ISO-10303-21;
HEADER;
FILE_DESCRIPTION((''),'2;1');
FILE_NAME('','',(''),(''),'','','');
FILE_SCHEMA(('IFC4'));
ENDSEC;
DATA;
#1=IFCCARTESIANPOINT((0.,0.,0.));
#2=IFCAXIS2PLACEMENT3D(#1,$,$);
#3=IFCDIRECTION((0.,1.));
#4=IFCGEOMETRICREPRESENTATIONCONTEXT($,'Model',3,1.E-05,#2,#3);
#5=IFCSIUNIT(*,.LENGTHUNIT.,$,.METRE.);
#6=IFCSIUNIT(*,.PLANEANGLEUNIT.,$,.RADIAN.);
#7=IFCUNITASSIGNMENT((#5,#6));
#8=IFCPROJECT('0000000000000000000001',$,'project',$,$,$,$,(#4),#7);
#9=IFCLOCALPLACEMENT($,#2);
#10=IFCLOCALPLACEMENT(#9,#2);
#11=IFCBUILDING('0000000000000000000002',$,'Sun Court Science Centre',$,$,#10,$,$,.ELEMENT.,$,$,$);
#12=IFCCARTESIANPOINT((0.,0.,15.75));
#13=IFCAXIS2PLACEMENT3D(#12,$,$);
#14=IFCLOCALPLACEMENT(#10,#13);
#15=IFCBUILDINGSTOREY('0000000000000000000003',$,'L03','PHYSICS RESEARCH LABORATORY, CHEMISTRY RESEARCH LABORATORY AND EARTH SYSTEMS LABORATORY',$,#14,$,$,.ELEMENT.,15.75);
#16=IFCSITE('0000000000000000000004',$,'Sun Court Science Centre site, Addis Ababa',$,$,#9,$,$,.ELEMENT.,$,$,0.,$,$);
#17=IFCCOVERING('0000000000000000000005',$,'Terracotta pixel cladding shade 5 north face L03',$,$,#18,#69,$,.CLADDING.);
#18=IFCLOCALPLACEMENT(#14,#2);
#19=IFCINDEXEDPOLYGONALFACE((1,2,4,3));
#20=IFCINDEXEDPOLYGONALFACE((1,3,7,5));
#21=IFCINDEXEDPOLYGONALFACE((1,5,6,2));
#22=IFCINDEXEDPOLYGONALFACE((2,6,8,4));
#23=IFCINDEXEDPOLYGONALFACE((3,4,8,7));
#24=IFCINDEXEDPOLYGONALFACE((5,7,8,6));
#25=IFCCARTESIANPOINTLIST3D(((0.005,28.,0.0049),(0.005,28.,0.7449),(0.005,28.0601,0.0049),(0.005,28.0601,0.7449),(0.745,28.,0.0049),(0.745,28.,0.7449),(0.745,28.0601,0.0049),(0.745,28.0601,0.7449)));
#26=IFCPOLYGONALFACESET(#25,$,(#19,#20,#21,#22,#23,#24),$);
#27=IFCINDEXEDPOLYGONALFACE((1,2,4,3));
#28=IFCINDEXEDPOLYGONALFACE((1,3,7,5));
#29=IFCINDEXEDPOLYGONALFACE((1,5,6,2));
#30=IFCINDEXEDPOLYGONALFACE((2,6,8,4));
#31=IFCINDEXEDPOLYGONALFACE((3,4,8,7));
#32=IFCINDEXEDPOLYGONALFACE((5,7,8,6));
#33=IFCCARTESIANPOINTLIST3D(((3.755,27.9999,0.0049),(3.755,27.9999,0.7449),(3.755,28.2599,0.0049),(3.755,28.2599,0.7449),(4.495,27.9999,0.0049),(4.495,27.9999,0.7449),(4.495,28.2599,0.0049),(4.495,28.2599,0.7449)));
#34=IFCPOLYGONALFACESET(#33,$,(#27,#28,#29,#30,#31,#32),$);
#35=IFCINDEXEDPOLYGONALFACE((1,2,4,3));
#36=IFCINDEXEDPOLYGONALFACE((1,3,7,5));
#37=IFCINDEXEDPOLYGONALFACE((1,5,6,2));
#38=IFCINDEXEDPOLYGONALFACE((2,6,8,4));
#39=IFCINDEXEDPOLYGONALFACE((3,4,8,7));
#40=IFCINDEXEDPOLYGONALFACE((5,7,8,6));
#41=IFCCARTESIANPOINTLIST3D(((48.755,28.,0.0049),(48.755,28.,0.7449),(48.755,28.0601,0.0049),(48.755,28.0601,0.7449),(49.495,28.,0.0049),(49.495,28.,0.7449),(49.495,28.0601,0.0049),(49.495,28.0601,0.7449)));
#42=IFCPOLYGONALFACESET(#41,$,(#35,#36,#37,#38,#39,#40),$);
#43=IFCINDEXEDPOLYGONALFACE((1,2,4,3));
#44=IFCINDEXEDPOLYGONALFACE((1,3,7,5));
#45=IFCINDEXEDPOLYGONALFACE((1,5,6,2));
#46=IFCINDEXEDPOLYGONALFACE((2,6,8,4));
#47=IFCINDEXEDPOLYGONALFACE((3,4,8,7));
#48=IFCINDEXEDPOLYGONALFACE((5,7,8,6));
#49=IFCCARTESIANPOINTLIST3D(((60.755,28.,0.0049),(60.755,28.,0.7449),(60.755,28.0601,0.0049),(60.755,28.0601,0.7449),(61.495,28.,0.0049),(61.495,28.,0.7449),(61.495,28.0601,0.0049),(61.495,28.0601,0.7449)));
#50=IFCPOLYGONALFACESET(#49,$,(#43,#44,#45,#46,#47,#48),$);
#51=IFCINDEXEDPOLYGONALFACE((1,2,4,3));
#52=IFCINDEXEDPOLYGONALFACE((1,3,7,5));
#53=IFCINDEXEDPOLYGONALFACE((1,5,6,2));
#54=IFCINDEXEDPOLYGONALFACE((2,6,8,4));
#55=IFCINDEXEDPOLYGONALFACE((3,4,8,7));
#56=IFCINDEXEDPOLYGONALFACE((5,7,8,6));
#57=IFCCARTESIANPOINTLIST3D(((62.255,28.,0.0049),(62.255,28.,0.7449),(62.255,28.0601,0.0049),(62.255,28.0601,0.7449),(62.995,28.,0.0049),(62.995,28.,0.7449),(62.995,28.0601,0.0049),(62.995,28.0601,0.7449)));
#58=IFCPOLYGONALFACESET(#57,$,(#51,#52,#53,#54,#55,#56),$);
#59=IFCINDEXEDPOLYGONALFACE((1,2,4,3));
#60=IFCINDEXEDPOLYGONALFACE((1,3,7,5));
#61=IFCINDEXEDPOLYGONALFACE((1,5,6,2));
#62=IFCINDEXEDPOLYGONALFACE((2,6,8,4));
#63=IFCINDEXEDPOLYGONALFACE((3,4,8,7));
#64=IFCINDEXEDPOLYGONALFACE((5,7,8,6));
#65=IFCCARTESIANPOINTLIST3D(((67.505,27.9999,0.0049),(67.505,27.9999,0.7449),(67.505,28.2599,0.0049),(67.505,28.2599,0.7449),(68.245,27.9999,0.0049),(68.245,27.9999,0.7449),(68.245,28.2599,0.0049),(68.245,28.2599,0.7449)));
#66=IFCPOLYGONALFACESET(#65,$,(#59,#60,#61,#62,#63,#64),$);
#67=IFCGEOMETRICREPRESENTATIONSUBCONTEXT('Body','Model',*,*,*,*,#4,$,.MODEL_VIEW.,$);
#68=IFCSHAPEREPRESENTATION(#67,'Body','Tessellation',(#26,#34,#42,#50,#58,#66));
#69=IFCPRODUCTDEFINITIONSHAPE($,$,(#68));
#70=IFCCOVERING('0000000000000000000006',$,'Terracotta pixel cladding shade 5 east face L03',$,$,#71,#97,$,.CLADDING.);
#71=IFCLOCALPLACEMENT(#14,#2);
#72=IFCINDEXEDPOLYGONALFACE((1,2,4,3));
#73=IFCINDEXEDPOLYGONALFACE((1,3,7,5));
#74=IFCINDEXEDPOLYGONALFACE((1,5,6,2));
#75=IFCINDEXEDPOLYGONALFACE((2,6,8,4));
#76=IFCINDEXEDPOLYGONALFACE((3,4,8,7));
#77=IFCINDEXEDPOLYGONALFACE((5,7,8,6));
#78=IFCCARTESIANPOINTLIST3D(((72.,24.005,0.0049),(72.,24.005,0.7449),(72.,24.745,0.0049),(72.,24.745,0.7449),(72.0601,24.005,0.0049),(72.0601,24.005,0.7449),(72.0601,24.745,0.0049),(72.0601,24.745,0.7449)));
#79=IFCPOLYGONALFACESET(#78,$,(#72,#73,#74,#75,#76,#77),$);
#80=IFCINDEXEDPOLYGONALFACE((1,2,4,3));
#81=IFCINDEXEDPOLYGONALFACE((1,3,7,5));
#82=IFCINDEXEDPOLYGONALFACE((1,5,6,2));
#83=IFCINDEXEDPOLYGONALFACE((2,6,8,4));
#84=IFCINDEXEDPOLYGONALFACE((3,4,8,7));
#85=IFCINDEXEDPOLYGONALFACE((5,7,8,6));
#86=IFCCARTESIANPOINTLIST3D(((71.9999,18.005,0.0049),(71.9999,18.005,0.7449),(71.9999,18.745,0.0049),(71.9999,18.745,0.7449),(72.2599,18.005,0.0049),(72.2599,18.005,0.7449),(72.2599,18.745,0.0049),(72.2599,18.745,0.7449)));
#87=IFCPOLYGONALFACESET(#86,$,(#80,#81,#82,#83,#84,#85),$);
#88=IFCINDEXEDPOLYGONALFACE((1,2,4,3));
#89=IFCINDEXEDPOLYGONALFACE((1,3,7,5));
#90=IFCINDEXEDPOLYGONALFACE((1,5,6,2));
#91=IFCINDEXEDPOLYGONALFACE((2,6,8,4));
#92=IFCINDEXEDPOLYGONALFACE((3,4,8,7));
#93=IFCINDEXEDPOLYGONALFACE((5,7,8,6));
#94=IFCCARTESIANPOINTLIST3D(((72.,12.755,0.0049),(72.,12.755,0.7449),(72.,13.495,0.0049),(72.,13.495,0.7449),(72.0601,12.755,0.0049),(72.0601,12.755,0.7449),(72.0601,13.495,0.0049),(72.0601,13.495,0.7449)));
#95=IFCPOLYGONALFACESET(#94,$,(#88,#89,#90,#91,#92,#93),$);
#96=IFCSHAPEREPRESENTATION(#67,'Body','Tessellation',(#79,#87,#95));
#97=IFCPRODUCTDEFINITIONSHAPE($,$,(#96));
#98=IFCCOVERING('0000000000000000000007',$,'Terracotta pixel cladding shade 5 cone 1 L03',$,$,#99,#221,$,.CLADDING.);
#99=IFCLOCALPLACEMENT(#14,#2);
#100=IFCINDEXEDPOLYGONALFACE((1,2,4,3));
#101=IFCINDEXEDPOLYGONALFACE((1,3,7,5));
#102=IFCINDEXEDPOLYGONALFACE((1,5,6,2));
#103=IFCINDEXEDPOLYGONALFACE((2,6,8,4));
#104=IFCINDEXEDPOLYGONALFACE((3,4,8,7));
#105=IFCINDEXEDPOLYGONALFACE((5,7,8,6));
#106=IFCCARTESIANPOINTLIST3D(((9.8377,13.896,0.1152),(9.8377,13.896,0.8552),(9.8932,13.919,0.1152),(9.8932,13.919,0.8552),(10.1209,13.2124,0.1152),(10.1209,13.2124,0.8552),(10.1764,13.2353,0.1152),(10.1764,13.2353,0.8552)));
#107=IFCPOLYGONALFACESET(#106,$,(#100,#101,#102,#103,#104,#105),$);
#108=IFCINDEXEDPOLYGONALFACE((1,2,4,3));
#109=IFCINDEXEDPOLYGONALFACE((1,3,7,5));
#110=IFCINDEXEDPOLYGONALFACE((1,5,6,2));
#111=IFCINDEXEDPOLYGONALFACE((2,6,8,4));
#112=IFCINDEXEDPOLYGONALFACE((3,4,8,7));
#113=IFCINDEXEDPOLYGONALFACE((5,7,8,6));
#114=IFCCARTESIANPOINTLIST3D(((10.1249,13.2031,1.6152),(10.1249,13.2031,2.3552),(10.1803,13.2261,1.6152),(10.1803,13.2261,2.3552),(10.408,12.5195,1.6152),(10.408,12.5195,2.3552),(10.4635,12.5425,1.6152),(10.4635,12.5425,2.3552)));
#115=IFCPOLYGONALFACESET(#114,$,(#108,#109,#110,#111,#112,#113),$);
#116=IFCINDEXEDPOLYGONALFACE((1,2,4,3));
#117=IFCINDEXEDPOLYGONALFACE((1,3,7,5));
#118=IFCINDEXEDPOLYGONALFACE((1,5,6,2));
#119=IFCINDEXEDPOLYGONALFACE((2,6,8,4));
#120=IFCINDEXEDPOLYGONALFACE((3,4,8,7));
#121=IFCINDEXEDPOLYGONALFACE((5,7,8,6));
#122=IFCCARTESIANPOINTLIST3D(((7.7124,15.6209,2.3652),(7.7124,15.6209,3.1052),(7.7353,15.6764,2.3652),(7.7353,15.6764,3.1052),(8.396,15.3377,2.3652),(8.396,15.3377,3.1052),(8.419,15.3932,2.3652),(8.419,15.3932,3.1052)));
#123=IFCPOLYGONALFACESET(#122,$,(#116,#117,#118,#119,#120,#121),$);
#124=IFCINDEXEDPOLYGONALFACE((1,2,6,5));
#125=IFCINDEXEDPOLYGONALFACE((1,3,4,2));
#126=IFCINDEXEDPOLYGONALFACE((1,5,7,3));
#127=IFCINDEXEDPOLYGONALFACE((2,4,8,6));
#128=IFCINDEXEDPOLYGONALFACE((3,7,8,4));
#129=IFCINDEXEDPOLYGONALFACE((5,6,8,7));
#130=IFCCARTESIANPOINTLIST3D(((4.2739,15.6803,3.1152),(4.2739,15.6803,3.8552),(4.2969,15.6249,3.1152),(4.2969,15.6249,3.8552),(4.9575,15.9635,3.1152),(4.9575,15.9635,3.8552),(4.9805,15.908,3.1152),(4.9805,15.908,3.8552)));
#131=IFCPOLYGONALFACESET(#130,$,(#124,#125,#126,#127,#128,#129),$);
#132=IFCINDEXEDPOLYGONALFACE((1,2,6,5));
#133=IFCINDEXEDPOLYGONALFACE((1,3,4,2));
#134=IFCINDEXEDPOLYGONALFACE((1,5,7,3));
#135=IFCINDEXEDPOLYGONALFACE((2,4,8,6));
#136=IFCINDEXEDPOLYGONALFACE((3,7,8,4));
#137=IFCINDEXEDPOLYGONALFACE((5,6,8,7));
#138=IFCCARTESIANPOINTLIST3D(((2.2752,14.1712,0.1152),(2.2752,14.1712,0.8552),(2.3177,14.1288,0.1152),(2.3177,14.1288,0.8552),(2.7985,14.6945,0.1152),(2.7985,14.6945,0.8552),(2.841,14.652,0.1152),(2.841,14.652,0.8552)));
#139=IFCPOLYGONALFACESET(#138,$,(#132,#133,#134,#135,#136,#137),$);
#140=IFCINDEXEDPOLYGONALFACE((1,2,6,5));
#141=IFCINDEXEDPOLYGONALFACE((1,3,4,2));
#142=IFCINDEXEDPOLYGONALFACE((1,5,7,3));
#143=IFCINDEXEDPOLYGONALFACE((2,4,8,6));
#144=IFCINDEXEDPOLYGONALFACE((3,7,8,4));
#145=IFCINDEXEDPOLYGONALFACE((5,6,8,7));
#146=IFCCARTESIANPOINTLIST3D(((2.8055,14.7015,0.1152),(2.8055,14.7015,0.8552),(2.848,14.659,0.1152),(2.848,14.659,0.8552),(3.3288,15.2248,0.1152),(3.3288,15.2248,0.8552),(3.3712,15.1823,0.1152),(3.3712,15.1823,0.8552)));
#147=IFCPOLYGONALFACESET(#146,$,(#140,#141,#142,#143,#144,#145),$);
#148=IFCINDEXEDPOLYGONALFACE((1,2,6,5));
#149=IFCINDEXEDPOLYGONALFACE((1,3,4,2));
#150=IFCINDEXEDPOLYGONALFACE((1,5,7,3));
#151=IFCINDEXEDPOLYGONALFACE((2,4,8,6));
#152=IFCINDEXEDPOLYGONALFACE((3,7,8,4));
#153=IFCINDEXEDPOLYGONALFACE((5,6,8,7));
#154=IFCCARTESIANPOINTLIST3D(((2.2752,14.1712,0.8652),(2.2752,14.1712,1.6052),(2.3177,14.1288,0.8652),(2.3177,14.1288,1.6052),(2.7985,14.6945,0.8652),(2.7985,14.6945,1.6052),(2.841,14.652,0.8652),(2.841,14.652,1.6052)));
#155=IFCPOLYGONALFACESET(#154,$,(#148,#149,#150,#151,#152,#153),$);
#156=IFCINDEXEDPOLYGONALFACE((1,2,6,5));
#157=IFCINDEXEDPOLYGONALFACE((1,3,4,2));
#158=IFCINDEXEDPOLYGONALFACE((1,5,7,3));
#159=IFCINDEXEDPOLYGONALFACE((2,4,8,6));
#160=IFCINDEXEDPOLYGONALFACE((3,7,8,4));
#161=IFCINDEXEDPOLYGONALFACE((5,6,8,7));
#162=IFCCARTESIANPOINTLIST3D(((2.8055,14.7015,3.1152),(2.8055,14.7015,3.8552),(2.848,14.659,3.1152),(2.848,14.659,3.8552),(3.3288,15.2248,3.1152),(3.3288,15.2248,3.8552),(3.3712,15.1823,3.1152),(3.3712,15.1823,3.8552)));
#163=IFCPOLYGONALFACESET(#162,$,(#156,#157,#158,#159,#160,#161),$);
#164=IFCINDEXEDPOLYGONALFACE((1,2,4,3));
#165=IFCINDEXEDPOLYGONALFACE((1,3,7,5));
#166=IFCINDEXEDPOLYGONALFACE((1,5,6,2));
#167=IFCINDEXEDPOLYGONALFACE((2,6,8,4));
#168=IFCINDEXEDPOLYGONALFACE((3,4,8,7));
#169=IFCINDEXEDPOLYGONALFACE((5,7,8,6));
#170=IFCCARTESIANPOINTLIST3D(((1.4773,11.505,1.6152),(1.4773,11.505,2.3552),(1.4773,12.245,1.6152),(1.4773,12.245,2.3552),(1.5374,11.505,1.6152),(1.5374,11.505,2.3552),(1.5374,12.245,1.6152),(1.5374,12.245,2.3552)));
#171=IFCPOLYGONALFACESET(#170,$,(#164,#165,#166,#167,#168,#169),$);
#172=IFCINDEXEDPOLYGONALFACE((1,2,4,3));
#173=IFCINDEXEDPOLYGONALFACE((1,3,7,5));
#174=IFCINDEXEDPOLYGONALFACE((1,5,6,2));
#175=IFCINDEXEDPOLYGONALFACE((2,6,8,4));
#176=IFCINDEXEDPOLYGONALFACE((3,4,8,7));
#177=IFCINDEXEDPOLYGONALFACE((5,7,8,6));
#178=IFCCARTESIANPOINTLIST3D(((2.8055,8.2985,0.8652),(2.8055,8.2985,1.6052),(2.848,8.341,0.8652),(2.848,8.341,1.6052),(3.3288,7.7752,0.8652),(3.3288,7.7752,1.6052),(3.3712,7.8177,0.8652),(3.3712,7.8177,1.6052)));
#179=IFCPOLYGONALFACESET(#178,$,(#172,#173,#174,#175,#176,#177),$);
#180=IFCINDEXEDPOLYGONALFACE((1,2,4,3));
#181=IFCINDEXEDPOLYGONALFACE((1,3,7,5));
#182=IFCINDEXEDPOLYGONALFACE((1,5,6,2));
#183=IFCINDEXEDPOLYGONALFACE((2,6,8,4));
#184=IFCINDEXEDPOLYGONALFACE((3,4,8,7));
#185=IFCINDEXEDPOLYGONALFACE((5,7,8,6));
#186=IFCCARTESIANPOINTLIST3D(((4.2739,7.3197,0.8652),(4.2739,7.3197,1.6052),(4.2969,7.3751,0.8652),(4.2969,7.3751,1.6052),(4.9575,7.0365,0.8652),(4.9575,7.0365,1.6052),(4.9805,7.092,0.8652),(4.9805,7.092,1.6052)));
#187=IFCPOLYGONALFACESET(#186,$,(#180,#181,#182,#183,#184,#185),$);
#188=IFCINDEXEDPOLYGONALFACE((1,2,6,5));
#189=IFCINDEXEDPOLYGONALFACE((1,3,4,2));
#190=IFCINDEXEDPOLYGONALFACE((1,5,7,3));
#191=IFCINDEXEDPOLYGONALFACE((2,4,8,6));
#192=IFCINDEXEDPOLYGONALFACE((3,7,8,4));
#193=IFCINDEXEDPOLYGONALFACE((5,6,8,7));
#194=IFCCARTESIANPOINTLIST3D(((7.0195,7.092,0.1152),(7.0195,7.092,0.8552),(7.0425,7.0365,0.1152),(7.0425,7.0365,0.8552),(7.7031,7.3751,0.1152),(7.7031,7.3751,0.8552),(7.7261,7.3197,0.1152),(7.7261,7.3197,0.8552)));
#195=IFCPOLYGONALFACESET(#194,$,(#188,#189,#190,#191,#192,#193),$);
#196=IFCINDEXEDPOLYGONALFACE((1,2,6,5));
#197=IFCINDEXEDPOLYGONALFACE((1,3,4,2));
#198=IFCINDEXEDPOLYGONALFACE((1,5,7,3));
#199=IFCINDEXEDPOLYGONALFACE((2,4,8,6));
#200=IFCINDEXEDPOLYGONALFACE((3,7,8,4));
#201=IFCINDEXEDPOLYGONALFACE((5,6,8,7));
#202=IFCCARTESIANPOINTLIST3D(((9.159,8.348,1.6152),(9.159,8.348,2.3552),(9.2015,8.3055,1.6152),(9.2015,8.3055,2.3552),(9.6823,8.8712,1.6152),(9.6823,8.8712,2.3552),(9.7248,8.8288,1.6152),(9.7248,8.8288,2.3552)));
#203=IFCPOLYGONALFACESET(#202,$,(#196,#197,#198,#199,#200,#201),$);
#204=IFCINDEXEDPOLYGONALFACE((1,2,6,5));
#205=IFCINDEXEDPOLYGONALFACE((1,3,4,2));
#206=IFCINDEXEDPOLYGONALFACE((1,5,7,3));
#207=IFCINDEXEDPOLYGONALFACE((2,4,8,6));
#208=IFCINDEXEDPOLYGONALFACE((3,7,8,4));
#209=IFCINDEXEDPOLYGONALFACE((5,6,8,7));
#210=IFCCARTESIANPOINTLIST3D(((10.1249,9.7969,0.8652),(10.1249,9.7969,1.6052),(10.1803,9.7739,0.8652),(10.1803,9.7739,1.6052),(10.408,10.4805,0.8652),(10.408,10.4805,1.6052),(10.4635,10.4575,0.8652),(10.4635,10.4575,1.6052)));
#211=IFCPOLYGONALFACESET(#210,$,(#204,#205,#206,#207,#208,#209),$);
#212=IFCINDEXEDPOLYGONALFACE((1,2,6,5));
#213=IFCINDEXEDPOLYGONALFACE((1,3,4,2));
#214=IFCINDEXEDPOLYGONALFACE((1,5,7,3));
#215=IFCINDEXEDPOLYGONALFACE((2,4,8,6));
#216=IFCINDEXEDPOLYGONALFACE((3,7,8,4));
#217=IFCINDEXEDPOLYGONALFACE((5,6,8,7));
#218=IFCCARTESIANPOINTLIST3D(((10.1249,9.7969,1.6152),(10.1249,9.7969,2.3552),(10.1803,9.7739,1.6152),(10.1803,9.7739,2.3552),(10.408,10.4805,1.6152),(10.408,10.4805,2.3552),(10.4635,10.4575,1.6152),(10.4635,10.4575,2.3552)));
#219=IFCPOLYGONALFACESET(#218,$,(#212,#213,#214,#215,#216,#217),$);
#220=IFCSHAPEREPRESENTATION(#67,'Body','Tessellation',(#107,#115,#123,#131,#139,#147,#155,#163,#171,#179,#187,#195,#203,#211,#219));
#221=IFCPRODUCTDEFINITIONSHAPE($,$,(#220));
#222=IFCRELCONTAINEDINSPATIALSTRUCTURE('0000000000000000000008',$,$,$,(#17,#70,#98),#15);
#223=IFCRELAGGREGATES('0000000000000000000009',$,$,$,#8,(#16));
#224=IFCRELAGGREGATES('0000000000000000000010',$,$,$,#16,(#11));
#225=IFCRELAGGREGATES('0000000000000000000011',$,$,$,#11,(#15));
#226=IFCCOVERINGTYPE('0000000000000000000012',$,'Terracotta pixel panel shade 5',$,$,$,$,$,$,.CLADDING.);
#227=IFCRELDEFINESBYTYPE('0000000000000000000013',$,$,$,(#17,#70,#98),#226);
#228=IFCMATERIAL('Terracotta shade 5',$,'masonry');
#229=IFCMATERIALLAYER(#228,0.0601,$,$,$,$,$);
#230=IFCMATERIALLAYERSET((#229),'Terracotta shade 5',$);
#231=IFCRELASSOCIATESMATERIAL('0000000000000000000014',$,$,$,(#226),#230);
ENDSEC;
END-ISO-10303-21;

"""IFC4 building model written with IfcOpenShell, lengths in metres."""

from ifc_helpers import new_model, si_unit, direction, frame, origin, origin_2d, place, context, subcontext, project, spatial, rectangle, extrude, material, layer, layer_set, type_object, element, save


model = new_model("IFC4")

# Units and contexts
model_context = context("Model", 3, precision=1e-05, world=origin(), true_north=direction((0.0, 1.0)))
body_context = subcontext(model_context, "Body", "Model", "MODEL_VIEW")
ifc_project = project(units=[si_unit("LENGTHUNIT", "METRE"), si_unit("PLANEANGLEUNIT", "RADIAN")], contexts=[model_context])

# Site, building, storey
site_placement = place(None, origin())
site = spatial("IfcSite", under=ifc_project, at=site_placement, Name="Sun Court Science Centre site, Addis Ababa", CompositionType="ELEMENT", RefElevation=0.0)
building_placement = place(site_placement, origin())
building = spatial("IfcBuilding", under=site, at=building_placement, Name="Sun Court Science Centre", CompositionType="ELEMENT")
storey_placement = place(building_placement, frame((0.0, 0.0, 15.75)))
storey = spatial("IfcBuildingStorey", under=building, at=storey_placement, Name="L03", Description="PHYSICS RESEARCH LABORATORY, CHEMISTRY RESEARCH LABORATORY AND EARTH SYSTEMS LABORATORY", CompositionType="ELEMENT", Elevation=15.75)

# Coverings
ifc_material_1 = material(Name="Terracotta shade 5", Category="masonry")
ifc_layer_1 = layer(ifc_material_1, 0.0601)
ifc_layer_set_1 = layer_set([ifc_layer_1], Name="Terracotta shade 5")
covering_type_1 = type_object("IfcCoveringType", Name="Terracotta pixel panel shade 5", PredefinedType="CLADDING", material=ifc_layer_set_1)
covering_1_placement = place(storey_placement, frame((0.0, 0.0, -15.75)))
element("IfcCovering", 1, at=covering_1_placement, inside=storey, type_object=covering_type_1, Name="Terracotta pixel cladding shade 5 north face L03", PredefinedType="CLADDING", context=body_context, shape_type="SweptSolid", body=[
    extrude(rectangle(XDim=0.74, YDim=0.0601, at=origin_2d()), frame((0.375, 28.03, 15.7549), z_axis=(0.0, 0.0, 1.0), x_axis=(1.0, 0.0, 0.0)), (0.0, 0.0, 1.0), 0.74),
    extrude(rectangle(XDim=0.74, YDim=0.26, at=origin_2d()), frame((4.125, 28.1299, 15.7549), z_axis=(0.0, 0.0, 1.0), x_axis=(1.0, 0.0, 0.0)), (0.0, 0.0, 1.0), 0.74),
    extrude(rectangle(XDim=0.74, YDim=0.0601, at=origin_2d()), frame((49.125, 28.03, 15.7549), z_axis=(0.0, 0.0, 1.0), x_axis=(1.0, 0.0, 0.0)), (0.0, 0.0, 1.0), 0.74),
    extrude(rectangle(XDim=0.74, YDim=0.0601, at=origin_2d()), frame((61.125, 28.03, 15.7549), z_axis=(0.0, 0.0, 1.0), x_axis=(1.0, 0.0, 0.0)), (0.0, 0.0, 1.0), 0.74),
    extrude(rectangle(XDim=0.74, YDim=0.0601, at=origin_2d()), frame((62.625, 28.03, 15.7549), z_axis=(0.0, 0.0, 1.0), x_axis=(1.0, 0.0, 0.0)), (0.0, 0.0, 1.0), 0.74),
    extrude(rectangle(XDim=0.74, YDim=0.26, at=origin_2d()), frame((67.875, 28.1299, 15.7549), z_axis=(0.0, 0.0, 1.0), x_axis=(1.0, 0.0, 0.0)), (0.0, 0.0, 1.0), 0.74),
])
covering_2_placement = place(storey_placement, frame((0.0, 0.0, -15.75)))
element("IfcCovering", 2, at=covering_2_placement, inside=storey, type_object=covering_type_1, Name="Terracotta pixel cladding shade 5 east face L03", PredefinedType="CLADDING", context=body_context, shape_type="SweptSolid", body=[
    extrude(rectangle(XDim=0.74, YDim=0.0601, at=origin_2d()), frame((72.03, 24.375, 15.7549), z_axis=(0.0, 0.0, 1.0), x_axis=(0.0, -1.0, 0.0)), (0.0, 0.0, 1.0), 0.74),
    extrude(rectangle(XDim=0.74, YDim=0.26, at=origin_2d()), frame((72.1299, 18.375, 15.7549), z_axis=(0.0, 0.0, 1.0), x_axis=(0.0, -1.0, 0.0)), (0.0, 0.0, 1.0), 0.74),
    extrude(rectangle(XDim=0.74, YDim=0.0601, at=origin_2d()), frame((72.03, 13.125, 15.7549), z_axis=(0.0, 0.0, 1.0), x_axis=(0.0, -1.0, 0.0)), (0.0, 0.0, 1.0), 0.74),
])
covering_3_placement = place(storey_placement, frame((0.0, 0.0, -15.75)))
element("IfcCovering", 3, at=covering_3_placement, inside=storey, type_object=covering_type_1, Name="Terracotta pixel cladding shade 5 cone 1 L03", PredefinedType="CLADDING", context=body_context, shape_type="SweptSolid", body=[
    extrude(rectangle(XDim=0.74, YDim=0.0601, at=origin_2d()), frame((10.0071, 13.5657, 15.8652), z_axis=(0.0, 0.0, 1.0), x_axis=(0.382683, -0.92388, 0.0)), (0.0, 0.0, 1.0), 0.74),
    extrude(rectangle(XDim=0.74, YDim=0.0601, at=origin_2d()), frame((10.2942, 12.8728, 17.3652), z_axis=(0.0, 0.0, 1.0), x_axis=(0.382683, -0.92388, 0.0)), (0.0, 0.0, 1.0), 0.74),
    extrude(rectangle(XDim=0.74, YDim=0.0601, at=origin_2d()), frame((8.0657, 15.5071, 18.1152), z_axis=(0.0, 0.0, 1.0), x_axis=(0.92388, -0.382683, 0.0)), (0.0, 0.0, 1.0), 0.74),
    extrude(rectangle(XDim=0.74, YDim=0.0601, at=origin_2d()), frame((4.6272, 15.7942, 18.8652), z_axis=(0.0, 0.0, 1.0), x_axis=(0.92388, 0.382683, 0.0)), (0.0, 0.0, 1.0), 0.74),
    extrude(rectangle(XDim=0.74, YDim=0.0601, at=origin_2d()), frame((2.5581, 14.4116, 15.8652), z_axis=(0.0, 0.0, 1.0), x_axis=(0.707107, 0.707107, 0.0)), (0.0, 0.0, 1.0), 0.74),
    extrude(rectangle(XDim=0.74, YDim=0.0601, at=origin_2d()), frame((3.0884, 14.9419, 15.8652), z_axis=(0.0, 0.0, 1.0), x_axis=(0.707107, 0.707107, 0.0)), (0.0, 0.0, 1.0), 0.74),
    extrude(rectangle(XDim=0.74, YDim=0.0601, at=origin_2d()), frame((2.5581, 14.4116, 16.6152), z_axis=(0.0, 0.0, 1.0), x_axis=(0.707107, 0.707107, 0.0)), (0.0, 0.0, 1.0), 0.74),
    extrude(rectangle(XDim=0.74, YDim=0.0601, at=origin_2d()), frame((3.0884, 14.9419, 18.8652), z_axis=(0.0, 0.0, 1.0), x_axis=(0.707107, 0.707107, 0.0)), (0.0, 0.0, 1.0), 0.74),
    extrude(rectangle(XDim=0.74, YDim=0.0601, at=origin_2d()), frame((1.5073, 11.875, 17.3652), z_axis=(0.0, 0.0, 1.0), x_axis=(0.0, 1.0, 0.0)), (0.0, 0.0, 1.0), 0.74),
    extrude(rectangle(XDim=0.74, YDim=0.0601, at=origin_2d()), frame((3.0884, 8.0581, 16.6152), z_axis=(0.0, 0.0, 1.0), x_axis=(-0.707107, 0.707107, 0.0)), (0.0, 0.0, 1.0), 0.74),
    extrude(rectangle(XDim=0.74, YDim=0.0601, at=origin_2d()), frame((4.6272, 7.2058, 16.6152), z_axis=(0.0, 0.0, 1.0), x_axis=(-0.92388, 0.382683, 0.0)), (0.0, 0.0, 1.0), 0.74),
    extrude(rectangle(XDim=0.74, YDim=0.0601, at=origin_2d()), frame((7.3728, 7.2058, 15.8652), z_axis=(0.0, 0.0, 1.0), x_axis=(-0.92388, -0.382683, 0.0)), (0.0, 0.0, 1.0), 0.74),
    extrude(rectangle(XDim=0.74, YDim=0.0601, at=origin_2d()), frame((9.4419, 8.5884, 17.3652), z_axis=(0.0, 0.0, 1.0), x_axis=(-0.707107, -0.707107, 0.0)), (0.0, 0.0, 1.0), 0.74),
    extrude(rectangle(XDim=0.74, YDim=0.0601, at=origin_2d()), frame((10.2942, 10.1272, 16.6152), z_axis=(0.0, 0.0, 1.0), x_axis=(-0.382683, -0.92388, 0.0)), (0.0, 0.0, 1.0), 0.74),
    extrude(rectangle(XDim=0.74, YDim=0.0601, at=origin_2d()), frame((10.2942, 10.1272, 17.3652), z_axis=(0.0, 0.0, 1.0), x_axis=(-0.382683, -0.92388, 0.0)), (0.0, 0.0, 1.0), 0.74),
])

save(model, "model.ifc")
